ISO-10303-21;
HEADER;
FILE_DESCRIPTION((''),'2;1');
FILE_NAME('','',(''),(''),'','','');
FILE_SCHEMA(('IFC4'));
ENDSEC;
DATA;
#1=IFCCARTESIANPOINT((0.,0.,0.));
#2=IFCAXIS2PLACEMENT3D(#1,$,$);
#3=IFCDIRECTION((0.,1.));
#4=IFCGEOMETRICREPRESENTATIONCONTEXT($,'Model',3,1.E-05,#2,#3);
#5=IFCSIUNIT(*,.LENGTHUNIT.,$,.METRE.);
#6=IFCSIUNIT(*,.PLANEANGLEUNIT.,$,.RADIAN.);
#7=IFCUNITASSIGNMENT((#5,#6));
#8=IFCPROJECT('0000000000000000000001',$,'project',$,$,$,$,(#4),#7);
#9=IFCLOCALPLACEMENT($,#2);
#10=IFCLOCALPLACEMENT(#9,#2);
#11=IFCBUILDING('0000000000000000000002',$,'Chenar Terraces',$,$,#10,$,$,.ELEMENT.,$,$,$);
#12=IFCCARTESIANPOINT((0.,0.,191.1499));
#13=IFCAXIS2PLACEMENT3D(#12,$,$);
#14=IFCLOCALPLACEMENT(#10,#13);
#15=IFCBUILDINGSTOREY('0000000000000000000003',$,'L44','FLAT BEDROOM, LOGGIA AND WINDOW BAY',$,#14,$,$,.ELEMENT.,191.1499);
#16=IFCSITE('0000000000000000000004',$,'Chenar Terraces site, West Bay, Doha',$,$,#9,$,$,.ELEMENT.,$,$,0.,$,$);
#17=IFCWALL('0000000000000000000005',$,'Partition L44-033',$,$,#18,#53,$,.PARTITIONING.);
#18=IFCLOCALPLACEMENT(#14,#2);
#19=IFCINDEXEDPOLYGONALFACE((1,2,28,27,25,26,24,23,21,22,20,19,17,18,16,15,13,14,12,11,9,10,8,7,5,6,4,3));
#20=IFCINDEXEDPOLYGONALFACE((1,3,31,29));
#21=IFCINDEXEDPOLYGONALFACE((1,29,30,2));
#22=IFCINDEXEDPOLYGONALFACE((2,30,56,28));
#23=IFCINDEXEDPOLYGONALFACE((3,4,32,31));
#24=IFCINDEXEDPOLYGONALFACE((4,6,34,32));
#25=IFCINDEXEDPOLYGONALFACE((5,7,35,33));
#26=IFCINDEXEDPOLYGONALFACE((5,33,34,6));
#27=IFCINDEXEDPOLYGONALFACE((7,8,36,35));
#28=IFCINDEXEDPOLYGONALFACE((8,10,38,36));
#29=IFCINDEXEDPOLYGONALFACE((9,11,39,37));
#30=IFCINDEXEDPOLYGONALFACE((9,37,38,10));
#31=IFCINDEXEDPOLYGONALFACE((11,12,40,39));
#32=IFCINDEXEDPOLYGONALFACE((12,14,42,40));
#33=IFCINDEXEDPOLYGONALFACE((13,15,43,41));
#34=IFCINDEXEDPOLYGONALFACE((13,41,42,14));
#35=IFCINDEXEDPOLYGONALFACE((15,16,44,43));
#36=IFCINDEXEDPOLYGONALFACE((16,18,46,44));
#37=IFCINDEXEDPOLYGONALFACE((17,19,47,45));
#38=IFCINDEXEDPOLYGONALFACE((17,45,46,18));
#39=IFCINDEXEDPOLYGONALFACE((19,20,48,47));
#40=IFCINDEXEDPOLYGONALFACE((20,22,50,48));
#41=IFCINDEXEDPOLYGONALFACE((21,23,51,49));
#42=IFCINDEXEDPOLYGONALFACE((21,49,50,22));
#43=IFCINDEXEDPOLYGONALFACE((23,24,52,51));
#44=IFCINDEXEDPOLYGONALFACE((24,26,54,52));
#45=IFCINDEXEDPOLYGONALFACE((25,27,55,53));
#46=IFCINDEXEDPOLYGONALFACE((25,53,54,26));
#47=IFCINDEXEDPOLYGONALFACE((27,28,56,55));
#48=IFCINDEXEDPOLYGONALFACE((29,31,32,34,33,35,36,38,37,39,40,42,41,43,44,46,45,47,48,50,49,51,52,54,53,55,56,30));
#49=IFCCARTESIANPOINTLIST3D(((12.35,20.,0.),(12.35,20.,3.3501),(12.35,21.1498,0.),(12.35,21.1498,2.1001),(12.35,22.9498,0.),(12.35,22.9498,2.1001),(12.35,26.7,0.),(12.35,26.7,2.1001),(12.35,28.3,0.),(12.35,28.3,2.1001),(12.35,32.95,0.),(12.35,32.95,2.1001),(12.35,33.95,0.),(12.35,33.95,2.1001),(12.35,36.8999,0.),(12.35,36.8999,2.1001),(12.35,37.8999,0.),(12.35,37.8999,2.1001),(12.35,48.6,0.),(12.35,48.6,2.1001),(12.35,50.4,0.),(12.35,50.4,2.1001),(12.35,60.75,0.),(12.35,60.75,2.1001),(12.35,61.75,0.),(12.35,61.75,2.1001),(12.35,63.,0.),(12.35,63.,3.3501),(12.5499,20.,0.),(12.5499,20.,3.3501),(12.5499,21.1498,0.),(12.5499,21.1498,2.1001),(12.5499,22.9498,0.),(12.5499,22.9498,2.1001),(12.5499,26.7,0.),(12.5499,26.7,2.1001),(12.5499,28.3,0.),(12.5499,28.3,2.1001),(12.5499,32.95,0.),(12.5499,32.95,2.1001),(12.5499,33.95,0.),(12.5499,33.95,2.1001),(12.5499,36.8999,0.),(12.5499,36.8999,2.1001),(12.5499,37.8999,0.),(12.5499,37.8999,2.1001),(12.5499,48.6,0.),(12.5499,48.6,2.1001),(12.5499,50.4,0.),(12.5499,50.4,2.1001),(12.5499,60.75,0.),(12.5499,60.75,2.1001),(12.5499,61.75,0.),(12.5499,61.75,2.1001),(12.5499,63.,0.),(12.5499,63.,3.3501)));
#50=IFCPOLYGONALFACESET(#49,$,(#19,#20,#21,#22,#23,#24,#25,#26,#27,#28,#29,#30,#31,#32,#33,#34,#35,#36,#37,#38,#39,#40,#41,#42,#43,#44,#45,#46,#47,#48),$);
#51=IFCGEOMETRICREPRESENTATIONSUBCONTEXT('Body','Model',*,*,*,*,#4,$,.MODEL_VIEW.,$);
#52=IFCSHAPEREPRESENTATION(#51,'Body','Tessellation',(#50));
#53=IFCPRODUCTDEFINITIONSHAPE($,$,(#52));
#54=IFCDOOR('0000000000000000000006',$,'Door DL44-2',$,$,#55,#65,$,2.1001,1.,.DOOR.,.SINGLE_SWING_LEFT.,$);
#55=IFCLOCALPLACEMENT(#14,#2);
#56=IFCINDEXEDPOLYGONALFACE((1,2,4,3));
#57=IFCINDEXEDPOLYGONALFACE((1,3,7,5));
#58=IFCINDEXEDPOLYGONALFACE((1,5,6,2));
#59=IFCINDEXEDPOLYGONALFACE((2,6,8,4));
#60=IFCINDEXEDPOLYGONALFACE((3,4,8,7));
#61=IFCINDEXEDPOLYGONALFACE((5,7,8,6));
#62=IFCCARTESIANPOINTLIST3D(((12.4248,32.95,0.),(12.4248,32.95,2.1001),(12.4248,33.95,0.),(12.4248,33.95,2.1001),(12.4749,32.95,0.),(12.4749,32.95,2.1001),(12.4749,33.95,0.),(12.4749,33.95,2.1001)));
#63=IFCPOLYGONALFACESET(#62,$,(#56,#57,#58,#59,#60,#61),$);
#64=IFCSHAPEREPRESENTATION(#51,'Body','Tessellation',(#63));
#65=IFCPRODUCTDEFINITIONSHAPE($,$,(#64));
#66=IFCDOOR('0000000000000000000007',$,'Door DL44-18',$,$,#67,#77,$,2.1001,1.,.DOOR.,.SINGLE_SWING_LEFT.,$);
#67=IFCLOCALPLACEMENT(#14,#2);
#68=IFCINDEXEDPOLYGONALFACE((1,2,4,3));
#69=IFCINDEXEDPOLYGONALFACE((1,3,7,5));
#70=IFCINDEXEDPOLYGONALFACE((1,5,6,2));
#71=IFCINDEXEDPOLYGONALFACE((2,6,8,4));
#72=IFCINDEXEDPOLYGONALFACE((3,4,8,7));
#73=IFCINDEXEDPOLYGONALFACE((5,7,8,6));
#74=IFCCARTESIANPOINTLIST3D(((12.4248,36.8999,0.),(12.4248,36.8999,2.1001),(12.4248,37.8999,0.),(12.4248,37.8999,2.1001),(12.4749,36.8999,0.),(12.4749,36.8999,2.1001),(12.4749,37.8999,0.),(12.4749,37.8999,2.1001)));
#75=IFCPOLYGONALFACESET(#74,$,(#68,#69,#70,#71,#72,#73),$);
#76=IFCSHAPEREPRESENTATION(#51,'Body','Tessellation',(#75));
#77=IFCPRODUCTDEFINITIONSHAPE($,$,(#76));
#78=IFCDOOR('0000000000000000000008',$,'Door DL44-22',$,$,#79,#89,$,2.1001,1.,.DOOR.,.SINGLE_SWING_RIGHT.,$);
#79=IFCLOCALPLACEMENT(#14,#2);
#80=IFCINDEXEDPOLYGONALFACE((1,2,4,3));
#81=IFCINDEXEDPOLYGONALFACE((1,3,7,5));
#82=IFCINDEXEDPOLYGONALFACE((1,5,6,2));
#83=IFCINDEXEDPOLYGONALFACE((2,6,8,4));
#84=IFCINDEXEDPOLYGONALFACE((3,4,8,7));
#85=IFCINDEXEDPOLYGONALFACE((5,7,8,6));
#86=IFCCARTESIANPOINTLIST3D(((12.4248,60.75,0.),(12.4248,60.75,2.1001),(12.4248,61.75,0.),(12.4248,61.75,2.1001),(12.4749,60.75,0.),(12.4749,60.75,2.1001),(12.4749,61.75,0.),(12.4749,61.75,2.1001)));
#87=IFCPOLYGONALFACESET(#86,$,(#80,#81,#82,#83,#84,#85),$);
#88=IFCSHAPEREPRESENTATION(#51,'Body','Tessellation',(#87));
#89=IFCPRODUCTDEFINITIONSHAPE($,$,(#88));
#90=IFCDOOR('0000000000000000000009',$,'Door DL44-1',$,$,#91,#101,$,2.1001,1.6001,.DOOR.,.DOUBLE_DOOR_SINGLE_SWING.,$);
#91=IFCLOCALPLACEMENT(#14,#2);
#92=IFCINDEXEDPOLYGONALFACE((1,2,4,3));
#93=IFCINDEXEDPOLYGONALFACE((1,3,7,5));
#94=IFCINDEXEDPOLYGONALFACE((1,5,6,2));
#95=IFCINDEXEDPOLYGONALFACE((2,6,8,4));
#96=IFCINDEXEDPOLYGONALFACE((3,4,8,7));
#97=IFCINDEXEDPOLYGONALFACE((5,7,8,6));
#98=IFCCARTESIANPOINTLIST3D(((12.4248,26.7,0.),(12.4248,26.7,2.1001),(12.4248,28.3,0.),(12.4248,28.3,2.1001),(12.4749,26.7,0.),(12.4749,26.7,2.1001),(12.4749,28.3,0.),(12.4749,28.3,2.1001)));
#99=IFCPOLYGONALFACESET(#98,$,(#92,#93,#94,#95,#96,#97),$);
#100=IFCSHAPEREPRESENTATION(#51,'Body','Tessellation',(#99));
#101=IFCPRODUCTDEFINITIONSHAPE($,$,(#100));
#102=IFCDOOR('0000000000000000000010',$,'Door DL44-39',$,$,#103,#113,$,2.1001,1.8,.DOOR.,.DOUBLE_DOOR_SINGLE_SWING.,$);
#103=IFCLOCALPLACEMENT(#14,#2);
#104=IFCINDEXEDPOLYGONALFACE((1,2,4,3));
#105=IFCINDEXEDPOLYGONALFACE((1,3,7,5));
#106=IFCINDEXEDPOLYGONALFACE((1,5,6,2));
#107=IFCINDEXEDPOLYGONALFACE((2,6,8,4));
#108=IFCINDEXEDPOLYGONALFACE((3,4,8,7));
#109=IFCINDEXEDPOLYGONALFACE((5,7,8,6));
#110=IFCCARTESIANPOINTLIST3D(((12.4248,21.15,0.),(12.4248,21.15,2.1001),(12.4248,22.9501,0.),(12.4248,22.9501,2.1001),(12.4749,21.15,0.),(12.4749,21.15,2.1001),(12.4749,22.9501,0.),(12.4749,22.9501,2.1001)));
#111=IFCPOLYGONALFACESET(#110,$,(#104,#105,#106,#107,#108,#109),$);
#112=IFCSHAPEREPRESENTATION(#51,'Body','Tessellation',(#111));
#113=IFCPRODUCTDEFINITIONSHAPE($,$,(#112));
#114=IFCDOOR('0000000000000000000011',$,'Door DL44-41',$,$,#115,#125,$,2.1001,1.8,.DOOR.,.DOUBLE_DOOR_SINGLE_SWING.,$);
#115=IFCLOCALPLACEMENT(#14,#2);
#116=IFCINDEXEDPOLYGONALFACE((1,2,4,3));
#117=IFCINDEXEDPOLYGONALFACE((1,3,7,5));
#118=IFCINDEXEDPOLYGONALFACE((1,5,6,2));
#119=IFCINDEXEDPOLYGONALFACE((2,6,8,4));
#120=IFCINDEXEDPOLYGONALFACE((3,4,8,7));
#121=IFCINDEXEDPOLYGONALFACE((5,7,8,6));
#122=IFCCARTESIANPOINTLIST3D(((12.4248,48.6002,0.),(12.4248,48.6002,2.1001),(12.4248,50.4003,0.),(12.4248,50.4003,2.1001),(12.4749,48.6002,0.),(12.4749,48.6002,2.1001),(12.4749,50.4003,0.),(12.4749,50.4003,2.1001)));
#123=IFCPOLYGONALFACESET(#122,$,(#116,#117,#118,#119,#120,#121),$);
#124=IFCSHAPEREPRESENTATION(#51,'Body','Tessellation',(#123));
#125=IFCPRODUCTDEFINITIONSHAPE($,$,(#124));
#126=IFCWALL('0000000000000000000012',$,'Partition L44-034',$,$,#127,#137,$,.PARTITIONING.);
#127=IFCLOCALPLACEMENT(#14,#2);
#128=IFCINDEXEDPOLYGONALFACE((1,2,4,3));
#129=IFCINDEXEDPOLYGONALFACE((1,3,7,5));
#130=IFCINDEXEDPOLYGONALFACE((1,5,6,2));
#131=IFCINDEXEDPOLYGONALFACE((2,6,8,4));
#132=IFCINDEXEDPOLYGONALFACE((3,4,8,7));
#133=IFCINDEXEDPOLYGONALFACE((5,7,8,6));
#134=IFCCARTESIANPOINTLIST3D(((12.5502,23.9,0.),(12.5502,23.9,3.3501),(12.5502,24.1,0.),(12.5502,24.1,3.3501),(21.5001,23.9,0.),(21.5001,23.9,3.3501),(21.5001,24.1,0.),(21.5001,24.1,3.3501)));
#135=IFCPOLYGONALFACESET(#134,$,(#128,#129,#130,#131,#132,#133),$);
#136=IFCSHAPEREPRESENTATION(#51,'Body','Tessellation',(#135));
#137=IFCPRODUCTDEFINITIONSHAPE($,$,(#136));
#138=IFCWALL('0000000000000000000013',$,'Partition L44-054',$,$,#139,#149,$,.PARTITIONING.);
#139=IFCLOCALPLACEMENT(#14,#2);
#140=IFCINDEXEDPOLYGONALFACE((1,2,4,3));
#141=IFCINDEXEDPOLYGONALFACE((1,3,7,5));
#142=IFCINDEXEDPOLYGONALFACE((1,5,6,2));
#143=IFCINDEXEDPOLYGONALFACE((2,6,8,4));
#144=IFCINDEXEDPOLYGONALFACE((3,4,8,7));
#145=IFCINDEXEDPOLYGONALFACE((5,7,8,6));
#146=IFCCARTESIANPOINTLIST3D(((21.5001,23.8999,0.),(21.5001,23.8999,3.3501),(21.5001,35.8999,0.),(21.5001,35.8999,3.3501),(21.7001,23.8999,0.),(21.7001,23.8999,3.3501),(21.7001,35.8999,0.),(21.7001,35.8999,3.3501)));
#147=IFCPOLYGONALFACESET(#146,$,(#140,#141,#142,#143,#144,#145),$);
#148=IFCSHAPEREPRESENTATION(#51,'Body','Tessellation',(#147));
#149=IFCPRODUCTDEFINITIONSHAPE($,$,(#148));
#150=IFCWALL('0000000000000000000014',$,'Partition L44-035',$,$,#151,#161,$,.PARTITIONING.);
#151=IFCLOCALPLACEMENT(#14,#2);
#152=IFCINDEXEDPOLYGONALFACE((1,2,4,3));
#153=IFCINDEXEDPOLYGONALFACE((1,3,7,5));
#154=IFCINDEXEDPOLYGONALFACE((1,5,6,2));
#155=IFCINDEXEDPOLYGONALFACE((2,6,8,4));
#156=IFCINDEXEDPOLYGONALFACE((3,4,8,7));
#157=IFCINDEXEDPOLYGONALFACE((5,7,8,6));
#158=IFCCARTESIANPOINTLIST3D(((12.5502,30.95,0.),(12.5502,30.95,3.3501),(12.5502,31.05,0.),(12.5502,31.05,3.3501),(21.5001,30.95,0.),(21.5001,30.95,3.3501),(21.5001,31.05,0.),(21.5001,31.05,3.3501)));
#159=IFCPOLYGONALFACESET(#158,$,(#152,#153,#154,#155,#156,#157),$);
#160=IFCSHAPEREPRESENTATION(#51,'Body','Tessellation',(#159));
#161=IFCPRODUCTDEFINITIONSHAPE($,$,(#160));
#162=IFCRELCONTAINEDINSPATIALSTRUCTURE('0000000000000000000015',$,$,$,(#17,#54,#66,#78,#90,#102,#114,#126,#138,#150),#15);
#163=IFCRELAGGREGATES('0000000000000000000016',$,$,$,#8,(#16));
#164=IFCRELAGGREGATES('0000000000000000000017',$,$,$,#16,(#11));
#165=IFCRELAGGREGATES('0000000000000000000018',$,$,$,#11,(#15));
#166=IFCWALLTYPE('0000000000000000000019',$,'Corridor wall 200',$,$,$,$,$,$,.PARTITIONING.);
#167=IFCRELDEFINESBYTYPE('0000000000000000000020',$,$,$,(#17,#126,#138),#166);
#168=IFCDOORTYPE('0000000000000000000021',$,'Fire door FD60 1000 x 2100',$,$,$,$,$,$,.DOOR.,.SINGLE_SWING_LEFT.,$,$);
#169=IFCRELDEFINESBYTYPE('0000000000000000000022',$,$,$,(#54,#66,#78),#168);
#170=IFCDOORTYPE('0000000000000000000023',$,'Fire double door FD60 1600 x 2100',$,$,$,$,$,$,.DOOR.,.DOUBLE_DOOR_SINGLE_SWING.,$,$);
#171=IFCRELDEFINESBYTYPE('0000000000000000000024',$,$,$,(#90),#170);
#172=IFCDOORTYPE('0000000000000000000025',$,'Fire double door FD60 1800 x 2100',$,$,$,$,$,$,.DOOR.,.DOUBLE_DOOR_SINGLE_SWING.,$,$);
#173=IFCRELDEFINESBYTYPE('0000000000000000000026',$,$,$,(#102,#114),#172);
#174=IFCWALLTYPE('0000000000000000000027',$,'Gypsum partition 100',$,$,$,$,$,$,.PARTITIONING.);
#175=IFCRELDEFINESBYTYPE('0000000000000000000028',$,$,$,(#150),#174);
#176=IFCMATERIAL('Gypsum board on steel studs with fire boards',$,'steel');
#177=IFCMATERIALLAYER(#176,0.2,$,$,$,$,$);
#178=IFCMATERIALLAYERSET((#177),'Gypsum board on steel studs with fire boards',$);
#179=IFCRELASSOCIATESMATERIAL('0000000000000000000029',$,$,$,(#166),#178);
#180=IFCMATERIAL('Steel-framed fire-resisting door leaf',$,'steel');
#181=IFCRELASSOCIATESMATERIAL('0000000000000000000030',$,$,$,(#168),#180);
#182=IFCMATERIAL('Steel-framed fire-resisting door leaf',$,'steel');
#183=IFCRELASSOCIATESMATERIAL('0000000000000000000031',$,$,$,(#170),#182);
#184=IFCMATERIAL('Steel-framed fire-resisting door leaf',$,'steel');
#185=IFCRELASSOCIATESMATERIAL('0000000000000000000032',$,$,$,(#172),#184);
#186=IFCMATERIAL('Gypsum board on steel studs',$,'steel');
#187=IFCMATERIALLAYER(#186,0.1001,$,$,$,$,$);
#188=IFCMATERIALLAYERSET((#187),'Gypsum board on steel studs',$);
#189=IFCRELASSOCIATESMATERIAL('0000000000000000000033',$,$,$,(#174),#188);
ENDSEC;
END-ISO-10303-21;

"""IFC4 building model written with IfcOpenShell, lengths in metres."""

from ifc_helpers import new_model, si_unit, direction, frame, frame_2d, origin, place, context, subcontext, project, spatial, rectangle, extrude, material, layer, layer_set, type_object, element, fill, save


model = new_model("IFC4")

# Units and contexts
model_context = context("Model", 3, precision=1e-05, world=origin(), true_north=direction((0.0, 1.0)))
body_context = subcontext(model_context, "Body", "Model", "MODEL_VIEW")
ifc_project = project(units=[si_unit("LENGTHUNIT", "METRE"), si_unit("PLANEANGLEUNIT", "RADIAN")], contexts=[model_context])

# Site, building, storey
site_placement = place(None, origin())
site = spatial("IfcSite", under=ifc_project, at=site_placement, Name="Chenar Terraces site, West Bay, Doha", CompositionType="ELEMENT", RefElevation=0.0)
building_placement = place(site_placement, origin())
building = spatial("IfcBuilding", under=site, at=building_placement, Name="Chenar Terraces", CompositionType="ELEMENT")
storey_placement = place(building_placement, frame((0.0, 0.0, 191.1499)))
storey = spatial("IfcBuildingStorey", under=building, at=storey_placement, Name="L44", Description="FLAT BEDROOM, LOGGIA AND WINDOW BAY", CompositionType="ELEMENT", Elevation=191.1499)

# Wall, openings, doors
ifc_material_1 = material(Name="Gypsum board on steel studs with fire boards", Category="steel")
ifc_layer_1 = layer(ifc_material_1, 0.2)
ifc_layer_set_1 = layer_set([ifc_layer_1], Name="Gypsum board on steel studs with fire boards")
wall_type_1 = type_object("IfcWallType", Name="Corridor wall 200", PredefinedType="PARTITIONING", material=ifc_layer_set_1)
wall_1_placement = place(storey_placement, frame((12.45, 20.0, 0.0), z_axis=(0.0, 0.0, 1.0), x_axis=(0.0, 1.0, 0.0)))
wall_1 = element("IfcWall", 1, at=wall_1_placement, inside=storey, type_object=wall_type_1, Name="Partition L44-033", PredefinedType="PARTITIONING", context=body_context, shape_type="SweptSolid", body=[
    extrude(rectangle(XDim=43.0, YDim=0.2, at=frame_2d((21.5, 0.0))), origin(), (0.0, 0.0, 1.0), 3.3501),
])
opening_1_placement = place(wall_1_placement, frame((6.7, 0.0, 0.0)))
opening_1 = element("IfcOpeningElement", 2, at=opening_1_placement, cuts=wall_1, PredefinedType="OPENING", context=body_context, shape_type="SweptSolid", body=[
    extrude(rectangle(XDim=1.6001, YDim=2.1001, at=frame_2d((0.8, 1.05))), frame((0.0, 0.1099, 0.0), z_axis=(0.0, -1.0, 0.0), x_axis=(1.0, 0.0, 0.0)), (0.0, 0.0, 1.0), 0.22),
])
opening_2_placement = place(wall_1_placement, frame((12.95, 0.0, 0.0)))
opening_2 = element("IfcOpeningElement", 3, at=opening_2_placement, cuts=wall_1, PredefinedType="OPENING", context=body_context, shape_type="SweptSolid", body=[
    extrude(rectangle(XDim=1.0, YDim=2.1001, at=frame_2d((0.5, 1.05))), frame((0.0, 0.1099, 0.0), z_axis=(0.0, -1.0, 0.0), x_axis=(1.0, 0.0, 0.0)), (0.0, 0.0, 1.0), 0.22),
])
opening_3_placement = place(wall_1_placement, frame((16.8999, 0.0, 0.0)))
opening_3 = element("IfcOpeningElement", 4, at=opening_3_placement, cuts=wall_1, PredefinedType="OPENING", context=body_context, shape_type="SweptSolid", body=[
    extrude(rectangle(XDim=1.0, YDim=2.1001, at=frame_2d((0.5, 1.05))), frame((0.0, 0.1099, 0.0), z_axis=(0.0, -1.0, 0.0), x_axis=(1.0, 0.0, 0.0)), (0.0, 0.0, 1.0), 0.22),
])
opening_4_placement = place(wall_1_placement, frame((40.75, 0.0, 0.0)))
opening_4 = element("IfcOpeningElement", 5, at=opening_4_placement, cuts=wall_1, PredefinedType="OPENING", context=body_context, shape_type="SweptSolid", body=[
    extrude(rectangle(XDim=1.0, YDim=2.1001, at=frame_2d((0.5, 1.05))), frame((0.0, 0.1099, 0.0), z_axis=(0.0, -1.0, 0.0), x_axis=(1.0, 0.0, 0.0)), (0.0, 0.0, 1.0), 0.22),
])
opening_5_placement = place(wall_1_placement, frame((1.1499, 0.0, 0.0)))
opening_5 = element("IfcOpeningElement", 6, at=opening_5_placement, cuts=wall_1, PredefinedType="OPENING", context=body_context, shape_type="SweptSolid", body=[
    extrude(rectangle(XDim=1.8, YDim=2.1001, at=frame_2d((0.8999, 1.05))), frame((0.0, 0.1099, 0.0), z_axis=(0.0, -1.0, 0.0), x_axis=(1.0, 0.0, 0.0)), (0.0, 0.0, 1.0), 0.22),
])
opening_6_placement = place(wall_1_placement, frame((28.6001, 0.0, 0.0)))
opening_6 = element("IfcOpeningElement", 7, at=opening_6_placement, cuts=wall_1, PredefinedType="OPENING", context=body_context, shape_type="SweptSolid", body=[
    extrude(rectangle(XDim=1.8, YDim=2.1001, at=frame_2d((0.8999, 1.05))), frame((0.0, 0.1099, 0.0), z_axis=(0.0, -1.0, 0.0), x_axis=(1.0, 0.0, 0.0)), (0.0, 0.0, 1.0), 0.22),
])
ifc_material_2 = material(Name="Steel-framed fire-resisting door leaf", Category="steel")
door_type_1 = type_object("IfcDoorType", Name="Fire door FD60 1000 x 2100", OperationType="SINGLE_SWING_LEFT", PredefinedType="DOOR", material=ifc_material_2)
door_1_placement = place(opening_2_placement, frame((1.0, 0.0, 0.0), z_axis=(0.0, 0.0, 1.0), x_axis=(-1.0, 0.0, 0.0)))
door_1 = element("IfcDoor", 8, at=door_1_placement, inside=storey, type_object=door_type_1, Name="Door DL44-2", OperationType="SINGLE_SWING_LEFT", OverallHeight=2.1001, OverallWidth=1.0, PredefinedType="DOOR", context=body_context, shape_type="SweptSolid", body=[
    extrude(rectangle(XDim=1.0, YDim=2.1001, at=frame_2d((0.5, 1.05))), frame((0.0, 0.0249, 0.0), z_axis=(0.0, -1.0, 0.0), x_axis=(1.0, 0.0, 0.0)), (0.0, 0.0, 1.0), 0.05),
])
fill(opening_2, door_1)
door_2_placement = place(opening_3_placement, frame((1.0, 0.0, 0.0), z_axis=(0.0, 0.0, 1.0), x_axis=(-1.0, 0.0, 0.0)))
door_2 = element("IfcDoor", 9, at=door_2_placement, inside=storey, type_object=door_type_1, Name="Door DL44-18", OperationType="SINGLE_SWING_LEFT", OverallHeight=2.1001, OverallWidth=1.0, PredefinedType="DOOR", context=body_context, shape_type="SweptSolid", body=[
    extrude(rectangle(XDim=1.0, YDim=2.1001, at=frame_2d((0.5, 1.05))), frame((0.0, 0.0249, 0.0), z_axis=(0.0, -1.0, 0.0), x_axis=(1.0, 0.0, 0.0)), (0.0, 0.0, 1.0), 0.05),
])
fill(opening_3, door_2)
door_3_placement = place(opening_4_placement, frame((1.0, 0.0, 0.0), z_axis=(0.0, 0.0, 1.0), x_axis=(-1.0, 0.0, 0.0)))
door_3 = element("IfcDoor", 10, at=door_3_placement, inside=storey, type_object=door_type_1, Name="Door DL44-22", OperationType="SINGLE_SWING_RIGHT", OverallHeight=2.1001, OverallWidth=1.0, PredefinedType="DOOR", context=body_context, shape_type="SweptSolid", body=[
    extrude(rectangle(XDim=1.0, YDim=2.1001, at=frame_2d((0.5, 1.05))), frame((0.0, 0.0249, 0.0), z_axis=(0.0, -1.0, 0.0), x_axis=(1.0, 0.0, 0.0)), (0.0, 0.0, 1.0), 0.05),
])
fill(opening_4, door_3)
ifc_material_3 = material(Name="Steel-framed fire-resisting door leaf", Category="steel")
door_type_2 = type_object("IfcDoorType", Name="Fire double door FD60 1600 x 2100", OperationType="DOUBLE_DOOR_SINGLE_SWING", PredefinedType="DOOR", material=ifc_material_3)
door_4_placement = place(opening_1_placement, frame((1.6001, 0.0, 0.0), z_axis=(0.0, 0.0, 1.0), x_axis=(-1.0, 0.0, 0.0)))
door_4 = element("IfcDoor", 11, at=door_4_placement, inside=storey, type_object=door_type_2, Name="Door DL44-1", OperationType="DOUBLE_DOOR_SINGLE_SWING", OverallHeight=2.1001, OverallWidth=1.6001, PredefinedType="DOOR", context=body_context, shape_type="SweptSolid", body=[
    extrude(rectangle(XDim=1.6001, YDim=2.1001, at=frame_2d((0.8, 1.05))), frame((0.0, 0.0249, 0.0), z_axis=(0.0, -1.0, 0.0), x_axis=(1.0, 0.0, 0.0)), (0.0, 0.0, 1.0), 0.05),
])
fill(opening_1, door_4)
ifc_material_4 = material(Name="Steel-framed fire-resisting door leaf", Category="steel")
door_type_3 = type_object("IfcDoorType", Name="Fire double door FD60 1800 x 2100", OperationType="DOUBLE_DOOR_SINGLE_SWING", PredefinedType="DOOR", material=ifc_material_4)
door_5_placement = place(opening_5_placement, frame((1.8, 0.0, 0.0), z_axis=(0.0, 0.0, 1.0), x_axis=(-1.0, 0.0, 0.0)))
door_5 = element("IfcDoor", 12, at=door_5_placement, inside=storey, type_object=door_type_3, Name="Door DL44-39", OperationType="DOUBLE_DOOR_SINGLE_SWING", OverallHeight=2.1001, OverallWidth=1.8, PredefinedType="DOOR", context=body_context, shape_type="SweptSolid", body=[
    extrude(rectangle(XDim=1.8, YDim=2.1001, at=frame_2d((0.8999, 1.05))), frame((0.0, 0.0249, 0.0), z_axis=(0.0, -1.0, 0.0), x_axis=(1.0, 0.0, 0.0)), (0.0, 0.0, 1.0), 0.05),
])
fill(opening_5, door_5)
door_6_placement = place(opening_6_placement, frame((1.8, 0.0, 0.0), z_axis=(0.0, 0.0, 1.0), x_axis=(-1.0, 0.0, 0.0)))
door_6 = element("IfcDoor", 13, at=door_6_placement, inside=storey, type_object=door_type_3, Name="Door DL44-41", OperationType="DOUBLE_DOOR_SINGLE_SWING", OverallHeight=2.1001, OverallWidth=1.8, PredefinedType="DOOR", context=body_context, shape_type="SweptSolid", body=[
    extrude(rectangle(XDim=1.8, YDim=2.1001, at=frame_2d((0.8999, 1.05))), frame((0.0, 0.0249, 0.0), z_axis=(0.0, -1.0, 0.0), x_axis=(1.0, 0.0, 0.0)), (0.0, 0.0, 1.0), 0.05),
])
fill(opening_6, door_6)

# Walls
wall_2_placement = place(storey_placement, frame((12.55, 24.0, 0.0), z_axis=(0.0, 0.0, 1.0), x_axis=(1.0, 0.0, 0.0)))
element("IfcWall", 14, at=wall_2_placement, inside=storey, type_object=wall_type_1, Name="Partition L44-034", PredefinedType="PARTITIONING", context=body_context, shape_type="SweptSolid", body=[
    extrude(rectangle(XDim=8.95, YDim=0.2, at=frame_2d((4.4751, 0.0))), origin(), (0.0, 0.0, 1.0), 3.3501),
])
wall_3_placement = place(storey_placement, frame((21.6001, 23.8999, 0.0), z_axis=(0.0, 0.0, 1.0), x_axis=(0.0, 1.0, 0.0)))
element("IfcWall", 15, at=wall_3_placement, inside=storey, type_object=wall_type_1, Name="Partition L44-054", PredefinedType="PARTITIONING", context=body_context, shape_type="SweptSolid", body=[
    extrude(rectangle(XDim=12.0, YDim=0.2, at=frame_2d((6.0, 0.0))), origin(), (0.0, 0.0, 1.0), 3.3501),
])
ifc_material_5 = material(Name="Gypsum board on steel studs", Category="steel")
ifc_layer_2 = layer(ifc_material_5, 0.1001)
ifc_layer_set_2 = layer_set([ifc_layer_2], Name="Gypsum board on steel studs")
wall_type_2 = type_object("IfcWallType", Name="Gypsum partition 100", PredefinedType="PARTITIONING", material=ifc_layer_set_2)
wall_4_placement = place(storey_placement, frame((12.55, 31.0, 0.0), z_axis=(0.0, 0.0, 1.0), x_axis=(1.0, 0.0, 0.0)))
element("IfcWall", 16, at=wall_4_placement, inside=storey, type_object=wall_type_2, Name="Partition L44-035", PredefinedType="PARTITIONING", context=body_context, shape_type="SweptSolid", body=[
    extrude(rectangle(XDim=8.95, YDim=0.1001, at=frame_2d((4.4751, 0.0))), origin(), (0.0, 0.0, 1.0), 3.3501),
])

save(model, "model.ifc")
